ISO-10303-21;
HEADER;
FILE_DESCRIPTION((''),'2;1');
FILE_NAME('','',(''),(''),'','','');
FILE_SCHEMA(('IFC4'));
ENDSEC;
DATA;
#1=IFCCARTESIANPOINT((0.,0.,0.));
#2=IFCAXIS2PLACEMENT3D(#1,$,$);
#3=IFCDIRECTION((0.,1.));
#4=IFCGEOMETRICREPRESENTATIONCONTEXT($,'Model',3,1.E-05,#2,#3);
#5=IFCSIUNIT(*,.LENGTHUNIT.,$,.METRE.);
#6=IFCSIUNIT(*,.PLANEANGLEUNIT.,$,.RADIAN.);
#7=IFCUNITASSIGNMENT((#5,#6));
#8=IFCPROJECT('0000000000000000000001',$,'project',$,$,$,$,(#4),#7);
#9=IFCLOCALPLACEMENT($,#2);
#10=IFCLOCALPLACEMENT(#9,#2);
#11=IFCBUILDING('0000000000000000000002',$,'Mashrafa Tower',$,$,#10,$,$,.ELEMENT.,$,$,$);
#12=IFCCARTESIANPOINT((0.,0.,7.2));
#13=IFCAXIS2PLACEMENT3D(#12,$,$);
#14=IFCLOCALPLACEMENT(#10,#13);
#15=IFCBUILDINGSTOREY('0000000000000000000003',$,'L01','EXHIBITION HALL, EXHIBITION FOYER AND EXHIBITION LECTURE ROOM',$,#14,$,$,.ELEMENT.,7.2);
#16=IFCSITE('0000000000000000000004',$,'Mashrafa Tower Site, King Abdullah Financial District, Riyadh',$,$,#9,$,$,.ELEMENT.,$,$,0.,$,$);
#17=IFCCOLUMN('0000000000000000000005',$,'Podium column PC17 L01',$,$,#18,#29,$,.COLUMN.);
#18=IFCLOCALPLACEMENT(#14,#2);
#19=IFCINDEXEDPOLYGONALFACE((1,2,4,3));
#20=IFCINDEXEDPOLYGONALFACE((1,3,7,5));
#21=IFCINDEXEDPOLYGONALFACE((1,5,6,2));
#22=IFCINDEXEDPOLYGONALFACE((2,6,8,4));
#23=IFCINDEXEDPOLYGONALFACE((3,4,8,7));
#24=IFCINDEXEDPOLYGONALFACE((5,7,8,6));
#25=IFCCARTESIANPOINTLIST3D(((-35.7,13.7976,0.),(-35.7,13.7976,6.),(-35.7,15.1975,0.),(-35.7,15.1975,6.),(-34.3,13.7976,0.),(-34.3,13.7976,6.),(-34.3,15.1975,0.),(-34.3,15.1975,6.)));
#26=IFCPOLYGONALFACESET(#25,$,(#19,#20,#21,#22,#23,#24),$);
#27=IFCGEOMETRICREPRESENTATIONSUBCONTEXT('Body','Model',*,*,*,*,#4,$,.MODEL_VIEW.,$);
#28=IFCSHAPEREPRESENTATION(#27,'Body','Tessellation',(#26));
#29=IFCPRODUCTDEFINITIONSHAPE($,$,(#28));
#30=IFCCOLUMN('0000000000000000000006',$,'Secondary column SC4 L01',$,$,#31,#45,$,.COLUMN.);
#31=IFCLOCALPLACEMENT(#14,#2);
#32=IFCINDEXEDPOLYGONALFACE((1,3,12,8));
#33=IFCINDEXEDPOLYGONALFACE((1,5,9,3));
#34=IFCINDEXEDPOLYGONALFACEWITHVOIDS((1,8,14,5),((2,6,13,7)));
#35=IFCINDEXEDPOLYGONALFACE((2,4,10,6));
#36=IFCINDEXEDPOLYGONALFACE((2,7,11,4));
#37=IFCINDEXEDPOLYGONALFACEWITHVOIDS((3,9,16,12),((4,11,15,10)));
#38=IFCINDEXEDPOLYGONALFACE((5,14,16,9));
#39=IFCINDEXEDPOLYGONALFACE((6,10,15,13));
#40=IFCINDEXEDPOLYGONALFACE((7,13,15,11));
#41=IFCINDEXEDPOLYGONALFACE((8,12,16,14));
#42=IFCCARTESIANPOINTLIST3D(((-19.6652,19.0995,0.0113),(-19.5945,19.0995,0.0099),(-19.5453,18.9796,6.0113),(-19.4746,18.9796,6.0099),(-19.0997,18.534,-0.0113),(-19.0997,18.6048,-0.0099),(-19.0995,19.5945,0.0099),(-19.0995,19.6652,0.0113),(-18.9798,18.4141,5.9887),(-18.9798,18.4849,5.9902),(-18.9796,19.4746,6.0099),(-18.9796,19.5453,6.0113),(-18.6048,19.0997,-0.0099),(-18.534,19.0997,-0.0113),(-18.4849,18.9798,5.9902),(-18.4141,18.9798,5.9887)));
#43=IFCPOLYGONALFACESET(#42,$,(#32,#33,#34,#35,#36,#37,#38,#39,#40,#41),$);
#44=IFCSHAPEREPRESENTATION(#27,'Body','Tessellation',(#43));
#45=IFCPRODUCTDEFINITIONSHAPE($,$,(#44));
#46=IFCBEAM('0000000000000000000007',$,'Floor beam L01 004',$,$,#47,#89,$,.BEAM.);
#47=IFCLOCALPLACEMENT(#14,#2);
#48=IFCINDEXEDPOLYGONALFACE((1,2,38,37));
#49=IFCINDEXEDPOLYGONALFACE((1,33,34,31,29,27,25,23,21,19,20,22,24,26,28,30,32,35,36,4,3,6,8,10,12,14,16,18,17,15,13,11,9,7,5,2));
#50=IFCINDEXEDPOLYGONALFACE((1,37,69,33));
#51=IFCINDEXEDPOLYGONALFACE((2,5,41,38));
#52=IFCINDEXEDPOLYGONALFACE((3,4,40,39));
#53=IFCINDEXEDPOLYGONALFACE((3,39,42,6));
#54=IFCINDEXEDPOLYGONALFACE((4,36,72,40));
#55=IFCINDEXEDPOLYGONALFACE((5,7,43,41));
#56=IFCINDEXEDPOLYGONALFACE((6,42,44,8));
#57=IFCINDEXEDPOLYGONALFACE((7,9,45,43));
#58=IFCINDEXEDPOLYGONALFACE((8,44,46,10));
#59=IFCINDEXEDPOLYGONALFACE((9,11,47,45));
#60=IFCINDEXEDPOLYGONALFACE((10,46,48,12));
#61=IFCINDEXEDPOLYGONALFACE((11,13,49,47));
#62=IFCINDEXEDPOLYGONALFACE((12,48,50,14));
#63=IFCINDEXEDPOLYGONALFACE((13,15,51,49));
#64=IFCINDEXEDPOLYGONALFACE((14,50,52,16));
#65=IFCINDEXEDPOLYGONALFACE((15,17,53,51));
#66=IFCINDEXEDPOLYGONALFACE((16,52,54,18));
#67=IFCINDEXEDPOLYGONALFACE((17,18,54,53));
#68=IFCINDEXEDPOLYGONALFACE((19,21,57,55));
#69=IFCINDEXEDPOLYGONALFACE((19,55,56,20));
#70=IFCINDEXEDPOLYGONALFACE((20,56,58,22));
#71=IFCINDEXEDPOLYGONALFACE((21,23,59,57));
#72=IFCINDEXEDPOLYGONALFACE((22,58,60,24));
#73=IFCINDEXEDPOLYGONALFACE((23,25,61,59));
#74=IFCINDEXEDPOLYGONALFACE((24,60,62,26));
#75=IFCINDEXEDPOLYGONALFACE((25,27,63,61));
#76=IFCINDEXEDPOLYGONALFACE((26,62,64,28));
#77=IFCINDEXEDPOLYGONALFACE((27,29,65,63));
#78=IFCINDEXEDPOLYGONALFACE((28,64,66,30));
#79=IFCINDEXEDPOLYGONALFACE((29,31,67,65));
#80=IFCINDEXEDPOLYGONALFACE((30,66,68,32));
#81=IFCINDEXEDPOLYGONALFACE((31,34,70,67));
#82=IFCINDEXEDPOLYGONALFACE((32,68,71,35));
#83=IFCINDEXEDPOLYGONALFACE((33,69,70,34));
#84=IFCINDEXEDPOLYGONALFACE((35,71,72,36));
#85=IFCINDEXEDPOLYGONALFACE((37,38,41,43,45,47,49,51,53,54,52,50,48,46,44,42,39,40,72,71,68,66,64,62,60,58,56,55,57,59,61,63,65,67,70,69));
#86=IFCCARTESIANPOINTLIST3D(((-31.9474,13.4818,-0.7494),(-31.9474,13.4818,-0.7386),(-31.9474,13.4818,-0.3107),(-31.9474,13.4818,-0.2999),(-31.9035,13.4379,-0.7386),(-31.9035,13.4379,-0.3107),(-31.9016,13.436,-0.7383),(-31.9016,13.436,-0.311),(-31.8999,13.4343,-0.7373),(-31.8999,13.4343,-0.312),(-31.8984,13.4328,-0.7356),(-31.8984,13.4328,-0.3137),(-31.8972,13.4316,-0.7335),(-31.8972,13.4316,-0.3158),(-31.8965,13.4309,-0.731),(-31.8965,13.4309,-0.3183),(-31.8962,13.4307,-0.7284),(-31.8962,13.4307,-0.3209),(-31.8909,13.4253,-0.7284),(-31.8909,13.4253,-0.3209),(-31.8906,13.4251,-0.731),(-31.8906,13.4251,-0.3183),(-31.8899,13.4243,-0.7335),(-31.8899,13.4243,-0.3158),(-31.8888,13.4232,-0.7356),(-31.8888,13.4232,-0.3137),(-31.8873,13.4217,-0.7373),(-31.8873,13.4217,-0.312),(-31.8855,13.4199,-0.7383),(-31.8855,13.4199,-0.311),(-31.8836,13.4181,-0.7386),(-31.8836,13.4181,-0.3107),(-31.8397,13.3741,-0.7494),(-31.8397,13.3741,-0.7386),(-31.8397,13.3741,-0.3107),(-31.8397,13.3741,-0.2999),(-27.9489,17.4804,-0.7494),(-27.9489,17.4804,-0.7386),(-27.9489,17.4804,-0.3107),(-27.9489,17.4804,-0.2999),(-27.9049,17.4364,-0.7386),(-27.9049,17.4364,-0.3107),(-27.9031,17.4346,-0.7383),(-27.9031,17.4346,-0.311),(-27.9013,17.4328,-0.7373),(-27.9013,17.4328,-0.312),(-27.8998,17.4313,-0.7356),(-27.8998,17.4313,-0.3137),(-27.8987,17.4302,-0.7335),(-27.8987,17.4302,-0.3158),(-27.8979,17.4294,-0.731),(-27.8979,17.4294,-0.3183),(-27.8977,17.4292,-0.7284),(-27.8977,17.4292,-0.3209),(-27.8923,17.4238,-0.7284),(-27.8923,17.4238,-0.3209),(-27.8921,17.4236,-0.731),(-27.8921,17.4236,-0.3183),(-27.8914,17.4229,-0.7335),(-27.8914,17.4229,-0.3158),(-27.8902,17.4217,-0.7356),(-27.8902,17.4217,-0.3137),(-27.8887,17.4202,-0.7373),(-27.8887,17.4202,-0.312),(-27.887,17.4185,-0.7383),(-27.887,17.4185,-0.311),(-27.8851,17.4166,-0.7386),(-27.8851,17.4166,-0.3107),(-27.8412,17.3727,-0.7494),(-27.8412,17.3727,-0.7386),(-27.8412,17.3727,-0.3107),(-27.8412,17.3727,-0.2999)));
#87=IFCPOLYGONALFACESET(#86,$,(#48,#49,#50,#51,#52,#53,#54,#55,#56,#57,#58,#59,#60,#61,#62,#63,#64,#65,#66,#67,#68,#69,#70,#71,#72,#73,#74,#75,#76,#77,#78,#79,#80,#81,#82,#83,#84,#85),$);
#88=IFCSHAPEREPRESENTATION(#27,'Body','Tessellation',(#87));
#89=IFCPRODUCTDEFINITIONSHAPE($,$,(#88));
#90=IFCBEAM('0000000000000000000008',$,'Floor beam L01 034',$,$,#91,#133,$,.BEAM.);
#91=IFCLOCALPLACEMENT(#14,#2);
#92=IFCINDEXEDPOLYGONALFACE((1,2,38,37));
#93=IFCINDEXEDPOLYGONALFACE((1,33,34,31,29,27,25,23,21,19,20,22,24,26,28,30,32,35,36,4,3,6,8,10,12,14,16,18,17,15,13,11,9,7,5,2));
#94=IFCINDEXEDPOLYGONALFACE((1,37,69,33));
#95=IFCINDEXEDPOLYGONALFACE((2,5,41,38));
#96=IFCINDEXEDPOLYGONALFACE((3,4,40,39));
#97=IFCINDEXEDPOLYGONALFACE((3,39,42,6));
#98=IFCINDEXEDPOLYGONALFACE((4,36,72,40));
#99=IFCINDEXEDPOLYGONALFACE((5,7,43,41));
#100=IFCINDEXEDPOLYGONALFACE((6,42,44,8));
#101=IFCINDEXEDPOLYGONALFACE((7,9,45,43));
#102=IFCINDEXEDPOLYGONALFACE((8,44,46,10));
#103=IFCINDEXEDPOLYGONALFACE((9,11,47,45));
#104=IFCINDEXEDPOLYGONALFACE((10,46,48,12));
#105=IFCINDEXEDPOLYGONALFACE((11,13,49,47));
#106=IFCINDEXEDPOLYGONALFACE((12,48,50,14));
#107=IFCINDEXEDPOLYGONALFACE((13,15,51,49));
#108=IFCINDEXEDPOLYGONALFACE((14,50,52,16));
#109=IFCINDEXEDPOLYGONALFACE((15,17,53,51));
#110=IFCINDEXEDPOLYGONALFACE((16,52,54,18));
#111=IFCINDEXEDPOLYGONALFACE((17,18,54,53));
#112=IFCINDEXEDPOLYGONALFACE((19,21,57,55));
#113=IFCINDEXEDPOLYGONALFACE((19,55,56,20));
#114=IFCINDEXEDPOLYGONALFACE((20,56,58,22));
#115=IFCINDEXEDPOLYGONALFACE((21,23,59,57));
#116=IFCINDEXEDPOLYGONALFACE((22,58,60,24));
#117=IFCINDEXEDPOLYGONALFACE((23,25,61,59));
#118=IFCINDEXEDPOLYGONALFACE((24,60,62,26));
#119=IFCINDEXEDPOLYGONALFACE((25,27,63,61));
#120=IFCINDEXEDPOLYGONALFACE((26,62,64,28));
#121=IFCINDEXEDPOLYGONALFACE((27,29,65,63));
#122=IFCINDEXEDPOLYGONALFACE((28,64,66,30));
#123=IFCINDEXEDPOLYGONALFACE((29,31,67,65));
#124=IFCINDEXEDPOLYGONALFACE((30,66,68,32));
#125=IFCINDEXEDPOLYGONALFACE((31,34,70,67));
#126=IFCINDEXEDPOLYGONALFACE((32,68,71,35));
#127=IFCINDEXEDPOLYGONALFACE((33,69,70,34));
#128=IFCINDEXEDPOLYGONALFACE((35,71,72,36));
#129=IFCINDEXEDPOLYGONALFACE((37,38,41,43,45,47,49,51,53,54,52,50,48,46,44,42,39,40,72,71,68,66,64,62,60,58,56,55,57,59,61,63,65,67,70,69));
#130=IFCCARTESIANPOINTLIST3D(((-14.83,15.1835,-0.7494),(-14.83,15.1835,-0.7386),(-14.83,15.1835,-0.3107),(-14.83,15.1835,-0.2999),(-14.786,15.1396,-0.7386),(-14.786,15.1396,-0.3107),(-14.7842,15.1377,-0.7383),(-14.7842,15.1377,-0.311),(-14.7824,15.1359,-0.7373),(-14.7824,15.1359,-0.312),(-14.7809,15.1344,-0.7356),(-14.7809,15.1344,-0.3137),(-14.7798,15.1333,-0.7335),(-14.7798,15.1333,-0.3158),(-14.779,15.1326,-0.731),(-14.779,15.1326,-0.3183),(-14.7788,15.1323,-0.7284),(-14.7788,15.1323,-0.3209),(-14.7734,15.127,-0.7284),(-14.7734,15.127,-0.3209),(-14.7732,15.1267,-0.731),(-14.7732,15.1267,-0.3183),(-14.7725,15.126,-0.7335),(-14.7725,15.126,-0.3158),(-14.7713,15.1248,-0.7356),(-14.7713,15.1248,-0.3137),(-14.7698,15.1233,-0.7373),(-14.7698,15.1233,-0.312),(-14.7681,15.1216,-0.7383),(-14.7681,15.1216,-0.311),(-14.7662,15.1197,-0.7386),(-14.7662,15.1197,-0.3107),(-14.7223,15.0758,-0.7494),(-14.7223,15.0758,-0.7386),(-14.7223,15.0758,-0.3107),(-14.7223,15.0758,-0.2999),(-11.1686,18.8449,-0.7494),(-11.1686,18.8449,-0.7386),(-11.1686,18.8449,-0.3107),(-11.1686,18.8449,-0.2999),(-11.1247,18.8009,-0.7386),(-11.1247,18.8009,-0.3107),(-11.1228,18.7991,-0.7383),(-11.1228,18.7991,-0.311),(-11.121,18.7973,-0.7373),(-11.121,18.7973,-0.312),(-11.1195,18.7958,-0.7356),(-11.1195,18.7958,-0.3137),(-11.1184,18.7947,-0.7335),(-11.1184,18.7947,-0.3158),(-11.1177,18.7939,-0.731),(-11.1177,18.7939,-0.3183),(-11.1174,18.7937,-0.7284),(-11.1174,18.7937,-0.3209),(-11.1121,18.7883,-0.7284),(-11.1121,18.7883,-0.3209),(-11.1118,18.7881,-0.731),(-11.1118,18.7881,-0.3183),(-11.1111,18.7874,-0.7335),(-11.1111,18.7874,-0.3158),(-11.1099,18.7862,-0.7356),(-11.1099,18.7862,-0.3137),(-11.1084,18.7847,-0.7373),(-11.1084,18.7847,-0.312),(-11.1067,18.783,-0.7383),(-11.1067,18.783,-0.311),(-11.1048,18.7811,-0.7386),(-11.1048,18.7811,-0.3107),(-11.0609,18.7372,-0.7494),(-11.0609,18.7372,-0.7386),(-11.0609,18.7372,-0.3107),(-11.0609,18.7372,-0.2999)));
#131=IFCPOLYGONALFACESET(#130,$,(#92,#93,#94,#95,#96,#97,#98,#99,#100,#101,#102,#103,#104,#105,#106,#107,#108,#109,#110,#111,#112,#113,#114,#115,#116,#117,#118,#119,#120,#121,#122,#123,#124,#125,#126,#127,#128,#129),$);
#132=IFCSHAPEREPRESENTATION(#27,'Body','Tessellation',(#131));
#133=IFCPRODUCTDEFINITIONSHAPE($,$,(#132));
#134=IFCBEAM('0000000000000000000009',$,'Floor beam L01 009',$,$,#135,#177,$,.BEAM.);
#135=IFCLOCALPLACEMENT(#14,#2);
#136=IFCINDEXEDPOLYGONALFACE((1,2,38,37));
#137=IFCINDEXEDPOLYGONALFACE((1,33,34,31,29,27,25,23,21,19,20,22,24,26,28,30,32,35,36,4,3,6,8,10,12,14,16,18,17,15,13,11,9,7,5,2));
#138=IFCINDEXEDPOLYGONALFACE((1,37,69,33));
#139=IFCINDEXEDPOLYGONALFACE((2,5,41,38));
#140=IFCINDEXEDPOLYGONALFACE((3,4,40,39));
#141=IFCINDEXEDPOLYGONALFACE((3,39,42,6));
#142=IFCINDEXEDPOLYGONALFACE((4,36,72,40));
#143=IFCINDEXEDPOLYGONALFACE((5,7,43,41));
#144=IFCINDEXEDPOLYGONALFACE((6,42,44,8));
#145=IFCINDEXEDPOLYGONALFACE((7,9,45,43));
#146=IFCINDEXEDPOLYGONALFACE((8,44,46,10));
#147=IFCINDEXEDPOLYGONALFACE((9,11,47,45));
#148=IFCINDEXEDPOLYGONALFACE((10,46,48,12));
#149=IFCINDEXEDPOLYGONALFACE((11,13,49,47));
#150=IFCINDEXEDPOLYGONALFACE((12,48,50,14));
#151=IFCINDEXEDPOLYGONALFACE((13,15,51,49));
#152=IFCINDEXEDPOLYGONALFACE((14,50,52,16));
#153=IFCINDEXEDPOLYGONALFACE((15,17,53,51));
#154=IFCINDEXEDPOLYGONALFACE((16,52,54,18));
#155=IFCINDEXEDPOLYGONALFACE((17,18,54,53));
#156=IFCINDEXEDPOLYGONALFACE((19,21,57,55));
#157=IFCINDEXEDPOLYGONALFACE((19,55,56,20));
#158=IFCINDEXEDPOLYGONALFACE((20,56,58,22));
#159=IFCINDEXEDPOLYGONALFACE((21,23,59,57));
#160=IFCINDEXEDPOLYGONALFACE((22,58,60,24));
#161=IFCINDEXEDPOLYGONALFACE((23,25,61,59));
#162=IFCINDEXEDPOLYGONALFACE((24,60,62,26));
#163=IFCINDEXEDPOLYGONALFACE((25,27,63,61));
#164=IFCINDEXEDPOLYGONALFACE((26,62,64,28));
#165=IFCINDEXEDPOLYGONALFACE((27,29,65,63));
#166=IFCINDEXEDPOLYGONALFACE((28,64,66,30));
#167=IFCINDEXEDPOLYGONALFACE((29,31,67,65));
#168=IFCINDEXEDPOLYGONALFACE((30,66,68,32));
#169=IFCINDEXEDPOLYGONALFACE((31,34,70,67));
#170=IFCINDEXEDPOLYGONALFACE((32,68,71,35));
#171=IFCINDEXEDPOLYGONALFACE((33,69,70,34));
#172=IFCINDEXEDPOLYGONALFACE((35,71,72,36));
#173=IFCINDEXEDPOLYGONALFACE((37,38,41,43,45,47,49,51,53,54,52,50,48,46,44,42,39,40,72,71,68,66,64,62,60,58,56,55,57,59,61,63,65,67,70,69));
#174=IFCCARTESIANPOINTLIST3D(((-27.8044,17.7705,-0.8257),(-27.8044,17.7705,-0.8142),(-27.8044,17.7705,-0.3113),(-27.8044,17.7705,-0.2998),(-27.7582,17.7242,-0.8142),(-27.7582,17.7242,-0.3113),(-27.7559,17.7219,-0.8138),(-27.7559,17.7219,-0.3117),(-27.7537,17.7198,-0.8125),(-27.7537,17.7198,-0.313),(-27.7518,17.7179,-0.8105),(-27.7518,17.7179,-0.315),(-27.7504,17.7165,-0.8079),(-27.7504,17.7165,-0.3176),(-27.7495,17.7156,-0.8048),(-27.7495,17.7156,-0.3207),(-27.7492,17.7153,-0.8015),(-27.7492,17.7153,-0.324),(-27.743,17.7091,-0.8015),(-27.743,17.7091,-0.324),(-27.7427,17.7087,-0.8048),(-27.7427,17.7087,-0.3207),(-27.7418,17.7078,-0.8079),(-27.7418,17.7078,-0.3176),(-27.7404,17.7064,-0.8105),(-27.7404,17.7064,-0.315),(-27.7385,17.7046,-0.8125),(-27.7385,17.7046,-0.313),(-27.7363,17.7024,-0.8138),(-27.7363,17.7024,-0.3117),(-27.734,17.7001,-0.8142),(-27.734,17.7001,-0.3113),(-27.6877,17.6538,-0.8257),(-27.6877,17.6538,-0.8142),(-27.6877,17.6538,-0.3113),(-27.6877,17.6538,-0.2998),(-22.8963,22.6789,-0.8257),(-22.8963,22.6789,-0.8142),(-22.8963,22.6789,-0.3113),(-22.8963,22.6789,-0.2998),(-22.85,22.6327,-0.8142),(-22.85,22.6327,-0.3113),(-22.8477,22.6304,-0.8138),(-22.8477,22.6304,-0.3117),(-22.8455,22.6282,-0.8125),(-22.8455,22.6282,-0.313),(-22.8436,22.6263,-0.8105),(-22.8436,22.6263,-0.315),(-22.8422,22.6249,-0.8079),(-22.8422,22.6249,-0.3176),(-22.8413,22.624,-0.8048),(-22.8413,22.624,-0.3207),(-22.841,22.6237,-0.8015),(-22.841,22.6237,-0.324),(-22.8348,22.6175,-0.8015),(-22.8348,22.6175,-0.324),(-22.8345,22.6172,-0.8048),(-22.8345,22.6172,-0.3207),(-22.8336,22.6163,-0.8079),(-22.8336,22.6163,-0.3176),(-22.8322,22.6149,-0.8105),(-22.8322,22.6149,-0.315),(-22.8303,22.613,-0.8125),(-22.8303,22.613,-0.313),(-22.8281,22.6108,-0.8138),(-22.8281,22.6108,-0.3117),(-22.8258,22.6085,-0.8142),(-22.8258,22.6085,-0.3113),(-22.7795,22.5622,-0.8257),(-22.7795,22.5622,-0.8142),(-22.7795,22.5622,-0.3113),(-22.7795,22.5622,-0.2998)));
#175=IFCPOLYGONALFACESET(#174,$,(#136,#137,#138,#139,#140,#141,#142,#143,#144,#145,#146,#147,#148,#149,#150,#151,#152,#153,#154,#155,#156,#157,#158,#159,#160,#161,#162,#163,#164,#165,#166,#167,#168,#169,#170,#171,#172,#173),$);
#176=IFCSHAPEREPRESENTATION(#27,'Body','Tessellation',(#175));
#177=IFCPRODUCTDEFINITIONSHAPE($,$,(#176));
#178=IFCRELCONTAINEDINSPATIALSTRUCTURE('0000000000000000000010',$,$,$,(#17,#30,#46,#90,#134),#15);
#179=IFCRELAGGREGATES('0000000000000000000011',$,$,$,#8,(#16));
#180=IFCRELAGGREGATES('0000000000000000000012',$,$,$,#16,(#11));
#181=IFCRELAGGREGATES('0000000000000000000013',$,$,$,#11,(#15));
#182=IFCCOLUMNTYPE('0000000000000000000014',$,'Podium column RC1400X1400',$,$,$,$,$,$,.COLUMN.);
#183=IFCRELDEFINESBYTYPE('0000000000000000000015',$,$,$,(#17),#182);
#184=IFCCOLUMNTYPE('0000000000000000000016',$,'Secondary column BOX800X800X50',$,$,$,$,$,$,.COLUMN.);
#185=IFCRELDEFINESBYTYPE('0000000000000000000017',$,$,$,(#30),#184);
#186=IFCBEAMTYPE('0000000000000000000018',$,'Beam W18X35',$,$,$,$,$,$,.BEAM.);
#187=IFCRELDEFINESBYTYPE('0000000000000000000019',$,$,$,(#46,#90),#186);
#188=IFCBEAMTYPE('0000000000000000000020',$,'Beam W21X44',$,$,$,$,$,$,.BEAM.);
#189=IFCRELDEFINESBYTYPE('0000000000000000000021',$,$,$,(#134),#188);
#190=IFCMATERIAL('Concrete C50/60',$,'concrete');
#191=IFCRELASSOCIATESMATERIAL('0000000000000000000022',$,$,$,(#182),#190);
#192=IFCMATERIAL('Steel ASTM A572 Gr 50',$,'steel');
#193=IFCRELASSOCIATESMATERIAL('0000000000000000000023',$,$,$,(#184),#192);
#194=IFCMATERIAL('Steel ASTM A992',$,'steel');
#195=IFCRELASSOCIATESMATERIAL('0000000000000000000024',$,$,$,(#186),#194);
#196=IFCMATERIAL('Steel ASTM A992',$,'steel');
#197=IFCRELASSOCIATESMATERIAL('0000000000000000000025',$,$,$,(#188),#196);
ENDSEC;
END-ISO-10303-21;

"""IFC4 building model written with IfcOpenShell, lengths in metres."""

from ifc_helpers import new_model, si_unit, direction, frame, origin, origin_2d, place, context, subcontext, project, spatial, rectangle, hollow_rectangle, i_section, extrude, material, material_profile, profile_set, type_object, element, save


model = new_model("IFC4")

# Units and contexts
model_context = context("Model", 3, precision=1e-05, world=origin(), true_north=direction((0.0, 1.0)))
body_context = subcontext(model_context, "Body", "Model", "MODEL_VIEW")
ifc_project = project(units=[si_unit("LENGTHUNIT", "METRE"), si_unit("PLANEANGLEUNIT", "RADIAN")], contexts=[model_context])

# Site, building, storey
site_placement = place(None, origin())
site = spatial("IfcSite", under=ifc_project, at=site_placement, Name="Mashrafa Tower Site, King Abdullah Financial District, Riyadh", CompositionType="ELEMENT", RefElevation=0.0)
building_placement = place(site_placement, origin())
building = spatial("IfcBuilding", under=site, at=building_placement, Name="Mashrafa Tower", CompositionType="ELEMENT")
storey_placement = place(building_placement, frame((0.0, 0.0, 7.2)))
storey = spatial("IfcBuildingStorey", under=building, at=storey_placement, Name="L01", Description="EXHIBITION HALL, EXHIBITION FOYER AND EXHIBITION LECTURE ROOM", CompositionType="ELEMENT", Elevation=7.2)

# Columns
ifc_material_1 = material(Name="Concrete C50/60", Category="concrete")
ifc_material_profile_1 = material_profile(ifc_material_1, rectangle(XDim=1.3999, YDim=1.3999, at=origin_2d()), Name="RC1400X1400")
ifc_profile_set_1 = profile_set([ifc_material_profile_1], Name="Concrete C50/60")
column_type_1 = type_object("IfcColumnType", Name="Podium column RC1400X1400", PredefinedType="COLUMN", material=ifc_profile_set_1)
column_1_placement = place(storey_placement, frame((-35.0, 14.4976, 0.0), z_axis=(0.0, 0.0, 1.0), x_axis=(1.0, 0.0, 0.0)))
element("IfcColumn", 1, at=column_1_placement, inside=storey, type_object=column_type_1, Name="Podium column PC17 L01", PredefinedType="COLUMN", context=body_context, shape_type="SweptSolid", body=[
    extrude(rectangle(XDim=1.3999, YDim=1.3999, at=origin_2d()), origin(), (0.0, 0.0, 1.0), 6.0),
])
ifc_material_2 = material(Name="Steel ASTM A572 Gr 50", Category="steel")
ifc_material_profile_2 = material_profile(ifc_material_2, hollow_rectangle(XDim=0.8, YDim=0.8, WallThickness=0.05, at=origin_2d()), Name="BOX800X800X50")
ifc_profile_set_2 = profile_set([ifc_material_profile_2], Name="Steel ASTM A572 Gr 50")
column_type_2 = type_object("IfcColumnType", Name="Secondary column BOX800X800X50", PredefinedType="COLUMN", material=ifc_profile_set_2)
column_2_placement = place(storey_placement, frame((-19.0996, 19.0996, 0.0), z_axis=(0.019971, -0.019971, 0.999601), x_axis=(0.707107, 0.707107, 0.0)))
element("IfcColumn", 2, at=column_2_placement, inside=storey, type_object=column_type_2, Name="Secondary column SC4 L01", PredefinedType="COLUMN", context=body_context, shape_type="SweptSolid", body=[
    extrude(hollow_rectangle(XDim=0.8, YDim=0.8, WallThickness=0.05, at=origin_2d()), origin(), (0.0, 0.0, 1.0), 6.0024),
])

# Beams
ifc_material_3 = material(Name="Steel ASTM A992", Category="steel")
ifc_material_profile_3 = material_profile(ifc_material_3, i_section(OverallWidth=0.1523, OverallDepth=0.4495, WebThickness=0.0076, FlangeThickness=0.0107, FilletRadius=0.0103, at=origin_2d()), Name="W18X35")
ifc_profile_set_3 = profile_set([ifc_material_profile_3], Name="Steel ASTM A992")
beam_type_1 = type_object("IfcBeamType", Name="Beam W18X35", PredefinedType="BEAM", material=ifc_profile_set_3)
beam_1_placement = place(storey_placement, frame((-31.8936, 13.428, -0.5247), z_axis=(0.707107, 0.707107, 0.0), x_axis=(-0.707107, 0.707107, 0.0)))
element("IfcBeam", 3, at=beam_1_placement, inside=storey, type_object=beam_type_1, Name="Floor beam L01 004", PredefinedType="BEAM", context=body_context, shape_type="SweptSolid", body=[
    extrude(i_section(OverallWidth=0.1523, OverallDepth=0.4495, WebThickness=0.0076, FlangeThickness=0.0107, FilletRadius=0.0103, at=origin_2d()), origin(), (0.0, 0.0, 1.0), 5.6548),
])
beam_2_placement = place(storey_placement, frame((-14.7761, 15.1296, -0.5247), z_axis=(0.707107, 0.707107, 0.0), x_axis=(-0.707107, 0.707107, 0.0)))
element("IfcBeam", 4, at=beam_2_placement, inside=storey, type_object=beam_type_1, Name="Floor beam L01 034", PredefinedType="BEAM", context=body_context, shape_type="SweptSolid", body=[
    extrude(i_section(OverallWidth=0.1523, OverallDepth=0.4495, WebThickness=0.0076, FlangeThickness=0.0107, FilletRadius=0.0103, at=origin_2d()), origin(), (0.0, 0.0, 1.0), 5.178),
])
ifc_material_4 = material(Name="Steel ASTM A992", Category="steel")
ifc_material_profile_4 = material_profile(ifc_material_4, i_section(OverallWidth=0.165, OverallDepth=0.5259, WebThickness=0.0088, FlangeThickness=0.0115, FilletRadius=0.0127, at=origin_2d()), Name="W21X44")
ifc_profile_set_4 = profile_set([ifc_material_profile_4], Name="Steel ASTM A992")
beam_type_2 = type_object("IfcBeamType", Name="Beam W21X44", PredefinedType="BEAM", material=ifc_profile_set_4)
beam_3_placement = place(storey_placement, frame((-27.7461, 17.7122, -0.5627), z_axis=(0.707089, 0.707124, 0.0), x_axis=(-0.707124, 0.707089, 0.0)))
element("IfcBeam", 5, at=beam_3_placement, inside=storey, type_object=beam_type_2, Name="Floor beam L01 009", PredefinedType="BEAM", context=body_context, shape_type="SweptSolid", body=[
    extrude(i_section(OverallWidth=0.165, OverallDepth=0.5259, WebThickness=0.0088, FlangeThickness=0.0115, FilletRadius=0.0127, at=origin_2d()), origin(), (0.0, 0.0, 1.0), 6.9414),
])

save(model, "model.ifc")
